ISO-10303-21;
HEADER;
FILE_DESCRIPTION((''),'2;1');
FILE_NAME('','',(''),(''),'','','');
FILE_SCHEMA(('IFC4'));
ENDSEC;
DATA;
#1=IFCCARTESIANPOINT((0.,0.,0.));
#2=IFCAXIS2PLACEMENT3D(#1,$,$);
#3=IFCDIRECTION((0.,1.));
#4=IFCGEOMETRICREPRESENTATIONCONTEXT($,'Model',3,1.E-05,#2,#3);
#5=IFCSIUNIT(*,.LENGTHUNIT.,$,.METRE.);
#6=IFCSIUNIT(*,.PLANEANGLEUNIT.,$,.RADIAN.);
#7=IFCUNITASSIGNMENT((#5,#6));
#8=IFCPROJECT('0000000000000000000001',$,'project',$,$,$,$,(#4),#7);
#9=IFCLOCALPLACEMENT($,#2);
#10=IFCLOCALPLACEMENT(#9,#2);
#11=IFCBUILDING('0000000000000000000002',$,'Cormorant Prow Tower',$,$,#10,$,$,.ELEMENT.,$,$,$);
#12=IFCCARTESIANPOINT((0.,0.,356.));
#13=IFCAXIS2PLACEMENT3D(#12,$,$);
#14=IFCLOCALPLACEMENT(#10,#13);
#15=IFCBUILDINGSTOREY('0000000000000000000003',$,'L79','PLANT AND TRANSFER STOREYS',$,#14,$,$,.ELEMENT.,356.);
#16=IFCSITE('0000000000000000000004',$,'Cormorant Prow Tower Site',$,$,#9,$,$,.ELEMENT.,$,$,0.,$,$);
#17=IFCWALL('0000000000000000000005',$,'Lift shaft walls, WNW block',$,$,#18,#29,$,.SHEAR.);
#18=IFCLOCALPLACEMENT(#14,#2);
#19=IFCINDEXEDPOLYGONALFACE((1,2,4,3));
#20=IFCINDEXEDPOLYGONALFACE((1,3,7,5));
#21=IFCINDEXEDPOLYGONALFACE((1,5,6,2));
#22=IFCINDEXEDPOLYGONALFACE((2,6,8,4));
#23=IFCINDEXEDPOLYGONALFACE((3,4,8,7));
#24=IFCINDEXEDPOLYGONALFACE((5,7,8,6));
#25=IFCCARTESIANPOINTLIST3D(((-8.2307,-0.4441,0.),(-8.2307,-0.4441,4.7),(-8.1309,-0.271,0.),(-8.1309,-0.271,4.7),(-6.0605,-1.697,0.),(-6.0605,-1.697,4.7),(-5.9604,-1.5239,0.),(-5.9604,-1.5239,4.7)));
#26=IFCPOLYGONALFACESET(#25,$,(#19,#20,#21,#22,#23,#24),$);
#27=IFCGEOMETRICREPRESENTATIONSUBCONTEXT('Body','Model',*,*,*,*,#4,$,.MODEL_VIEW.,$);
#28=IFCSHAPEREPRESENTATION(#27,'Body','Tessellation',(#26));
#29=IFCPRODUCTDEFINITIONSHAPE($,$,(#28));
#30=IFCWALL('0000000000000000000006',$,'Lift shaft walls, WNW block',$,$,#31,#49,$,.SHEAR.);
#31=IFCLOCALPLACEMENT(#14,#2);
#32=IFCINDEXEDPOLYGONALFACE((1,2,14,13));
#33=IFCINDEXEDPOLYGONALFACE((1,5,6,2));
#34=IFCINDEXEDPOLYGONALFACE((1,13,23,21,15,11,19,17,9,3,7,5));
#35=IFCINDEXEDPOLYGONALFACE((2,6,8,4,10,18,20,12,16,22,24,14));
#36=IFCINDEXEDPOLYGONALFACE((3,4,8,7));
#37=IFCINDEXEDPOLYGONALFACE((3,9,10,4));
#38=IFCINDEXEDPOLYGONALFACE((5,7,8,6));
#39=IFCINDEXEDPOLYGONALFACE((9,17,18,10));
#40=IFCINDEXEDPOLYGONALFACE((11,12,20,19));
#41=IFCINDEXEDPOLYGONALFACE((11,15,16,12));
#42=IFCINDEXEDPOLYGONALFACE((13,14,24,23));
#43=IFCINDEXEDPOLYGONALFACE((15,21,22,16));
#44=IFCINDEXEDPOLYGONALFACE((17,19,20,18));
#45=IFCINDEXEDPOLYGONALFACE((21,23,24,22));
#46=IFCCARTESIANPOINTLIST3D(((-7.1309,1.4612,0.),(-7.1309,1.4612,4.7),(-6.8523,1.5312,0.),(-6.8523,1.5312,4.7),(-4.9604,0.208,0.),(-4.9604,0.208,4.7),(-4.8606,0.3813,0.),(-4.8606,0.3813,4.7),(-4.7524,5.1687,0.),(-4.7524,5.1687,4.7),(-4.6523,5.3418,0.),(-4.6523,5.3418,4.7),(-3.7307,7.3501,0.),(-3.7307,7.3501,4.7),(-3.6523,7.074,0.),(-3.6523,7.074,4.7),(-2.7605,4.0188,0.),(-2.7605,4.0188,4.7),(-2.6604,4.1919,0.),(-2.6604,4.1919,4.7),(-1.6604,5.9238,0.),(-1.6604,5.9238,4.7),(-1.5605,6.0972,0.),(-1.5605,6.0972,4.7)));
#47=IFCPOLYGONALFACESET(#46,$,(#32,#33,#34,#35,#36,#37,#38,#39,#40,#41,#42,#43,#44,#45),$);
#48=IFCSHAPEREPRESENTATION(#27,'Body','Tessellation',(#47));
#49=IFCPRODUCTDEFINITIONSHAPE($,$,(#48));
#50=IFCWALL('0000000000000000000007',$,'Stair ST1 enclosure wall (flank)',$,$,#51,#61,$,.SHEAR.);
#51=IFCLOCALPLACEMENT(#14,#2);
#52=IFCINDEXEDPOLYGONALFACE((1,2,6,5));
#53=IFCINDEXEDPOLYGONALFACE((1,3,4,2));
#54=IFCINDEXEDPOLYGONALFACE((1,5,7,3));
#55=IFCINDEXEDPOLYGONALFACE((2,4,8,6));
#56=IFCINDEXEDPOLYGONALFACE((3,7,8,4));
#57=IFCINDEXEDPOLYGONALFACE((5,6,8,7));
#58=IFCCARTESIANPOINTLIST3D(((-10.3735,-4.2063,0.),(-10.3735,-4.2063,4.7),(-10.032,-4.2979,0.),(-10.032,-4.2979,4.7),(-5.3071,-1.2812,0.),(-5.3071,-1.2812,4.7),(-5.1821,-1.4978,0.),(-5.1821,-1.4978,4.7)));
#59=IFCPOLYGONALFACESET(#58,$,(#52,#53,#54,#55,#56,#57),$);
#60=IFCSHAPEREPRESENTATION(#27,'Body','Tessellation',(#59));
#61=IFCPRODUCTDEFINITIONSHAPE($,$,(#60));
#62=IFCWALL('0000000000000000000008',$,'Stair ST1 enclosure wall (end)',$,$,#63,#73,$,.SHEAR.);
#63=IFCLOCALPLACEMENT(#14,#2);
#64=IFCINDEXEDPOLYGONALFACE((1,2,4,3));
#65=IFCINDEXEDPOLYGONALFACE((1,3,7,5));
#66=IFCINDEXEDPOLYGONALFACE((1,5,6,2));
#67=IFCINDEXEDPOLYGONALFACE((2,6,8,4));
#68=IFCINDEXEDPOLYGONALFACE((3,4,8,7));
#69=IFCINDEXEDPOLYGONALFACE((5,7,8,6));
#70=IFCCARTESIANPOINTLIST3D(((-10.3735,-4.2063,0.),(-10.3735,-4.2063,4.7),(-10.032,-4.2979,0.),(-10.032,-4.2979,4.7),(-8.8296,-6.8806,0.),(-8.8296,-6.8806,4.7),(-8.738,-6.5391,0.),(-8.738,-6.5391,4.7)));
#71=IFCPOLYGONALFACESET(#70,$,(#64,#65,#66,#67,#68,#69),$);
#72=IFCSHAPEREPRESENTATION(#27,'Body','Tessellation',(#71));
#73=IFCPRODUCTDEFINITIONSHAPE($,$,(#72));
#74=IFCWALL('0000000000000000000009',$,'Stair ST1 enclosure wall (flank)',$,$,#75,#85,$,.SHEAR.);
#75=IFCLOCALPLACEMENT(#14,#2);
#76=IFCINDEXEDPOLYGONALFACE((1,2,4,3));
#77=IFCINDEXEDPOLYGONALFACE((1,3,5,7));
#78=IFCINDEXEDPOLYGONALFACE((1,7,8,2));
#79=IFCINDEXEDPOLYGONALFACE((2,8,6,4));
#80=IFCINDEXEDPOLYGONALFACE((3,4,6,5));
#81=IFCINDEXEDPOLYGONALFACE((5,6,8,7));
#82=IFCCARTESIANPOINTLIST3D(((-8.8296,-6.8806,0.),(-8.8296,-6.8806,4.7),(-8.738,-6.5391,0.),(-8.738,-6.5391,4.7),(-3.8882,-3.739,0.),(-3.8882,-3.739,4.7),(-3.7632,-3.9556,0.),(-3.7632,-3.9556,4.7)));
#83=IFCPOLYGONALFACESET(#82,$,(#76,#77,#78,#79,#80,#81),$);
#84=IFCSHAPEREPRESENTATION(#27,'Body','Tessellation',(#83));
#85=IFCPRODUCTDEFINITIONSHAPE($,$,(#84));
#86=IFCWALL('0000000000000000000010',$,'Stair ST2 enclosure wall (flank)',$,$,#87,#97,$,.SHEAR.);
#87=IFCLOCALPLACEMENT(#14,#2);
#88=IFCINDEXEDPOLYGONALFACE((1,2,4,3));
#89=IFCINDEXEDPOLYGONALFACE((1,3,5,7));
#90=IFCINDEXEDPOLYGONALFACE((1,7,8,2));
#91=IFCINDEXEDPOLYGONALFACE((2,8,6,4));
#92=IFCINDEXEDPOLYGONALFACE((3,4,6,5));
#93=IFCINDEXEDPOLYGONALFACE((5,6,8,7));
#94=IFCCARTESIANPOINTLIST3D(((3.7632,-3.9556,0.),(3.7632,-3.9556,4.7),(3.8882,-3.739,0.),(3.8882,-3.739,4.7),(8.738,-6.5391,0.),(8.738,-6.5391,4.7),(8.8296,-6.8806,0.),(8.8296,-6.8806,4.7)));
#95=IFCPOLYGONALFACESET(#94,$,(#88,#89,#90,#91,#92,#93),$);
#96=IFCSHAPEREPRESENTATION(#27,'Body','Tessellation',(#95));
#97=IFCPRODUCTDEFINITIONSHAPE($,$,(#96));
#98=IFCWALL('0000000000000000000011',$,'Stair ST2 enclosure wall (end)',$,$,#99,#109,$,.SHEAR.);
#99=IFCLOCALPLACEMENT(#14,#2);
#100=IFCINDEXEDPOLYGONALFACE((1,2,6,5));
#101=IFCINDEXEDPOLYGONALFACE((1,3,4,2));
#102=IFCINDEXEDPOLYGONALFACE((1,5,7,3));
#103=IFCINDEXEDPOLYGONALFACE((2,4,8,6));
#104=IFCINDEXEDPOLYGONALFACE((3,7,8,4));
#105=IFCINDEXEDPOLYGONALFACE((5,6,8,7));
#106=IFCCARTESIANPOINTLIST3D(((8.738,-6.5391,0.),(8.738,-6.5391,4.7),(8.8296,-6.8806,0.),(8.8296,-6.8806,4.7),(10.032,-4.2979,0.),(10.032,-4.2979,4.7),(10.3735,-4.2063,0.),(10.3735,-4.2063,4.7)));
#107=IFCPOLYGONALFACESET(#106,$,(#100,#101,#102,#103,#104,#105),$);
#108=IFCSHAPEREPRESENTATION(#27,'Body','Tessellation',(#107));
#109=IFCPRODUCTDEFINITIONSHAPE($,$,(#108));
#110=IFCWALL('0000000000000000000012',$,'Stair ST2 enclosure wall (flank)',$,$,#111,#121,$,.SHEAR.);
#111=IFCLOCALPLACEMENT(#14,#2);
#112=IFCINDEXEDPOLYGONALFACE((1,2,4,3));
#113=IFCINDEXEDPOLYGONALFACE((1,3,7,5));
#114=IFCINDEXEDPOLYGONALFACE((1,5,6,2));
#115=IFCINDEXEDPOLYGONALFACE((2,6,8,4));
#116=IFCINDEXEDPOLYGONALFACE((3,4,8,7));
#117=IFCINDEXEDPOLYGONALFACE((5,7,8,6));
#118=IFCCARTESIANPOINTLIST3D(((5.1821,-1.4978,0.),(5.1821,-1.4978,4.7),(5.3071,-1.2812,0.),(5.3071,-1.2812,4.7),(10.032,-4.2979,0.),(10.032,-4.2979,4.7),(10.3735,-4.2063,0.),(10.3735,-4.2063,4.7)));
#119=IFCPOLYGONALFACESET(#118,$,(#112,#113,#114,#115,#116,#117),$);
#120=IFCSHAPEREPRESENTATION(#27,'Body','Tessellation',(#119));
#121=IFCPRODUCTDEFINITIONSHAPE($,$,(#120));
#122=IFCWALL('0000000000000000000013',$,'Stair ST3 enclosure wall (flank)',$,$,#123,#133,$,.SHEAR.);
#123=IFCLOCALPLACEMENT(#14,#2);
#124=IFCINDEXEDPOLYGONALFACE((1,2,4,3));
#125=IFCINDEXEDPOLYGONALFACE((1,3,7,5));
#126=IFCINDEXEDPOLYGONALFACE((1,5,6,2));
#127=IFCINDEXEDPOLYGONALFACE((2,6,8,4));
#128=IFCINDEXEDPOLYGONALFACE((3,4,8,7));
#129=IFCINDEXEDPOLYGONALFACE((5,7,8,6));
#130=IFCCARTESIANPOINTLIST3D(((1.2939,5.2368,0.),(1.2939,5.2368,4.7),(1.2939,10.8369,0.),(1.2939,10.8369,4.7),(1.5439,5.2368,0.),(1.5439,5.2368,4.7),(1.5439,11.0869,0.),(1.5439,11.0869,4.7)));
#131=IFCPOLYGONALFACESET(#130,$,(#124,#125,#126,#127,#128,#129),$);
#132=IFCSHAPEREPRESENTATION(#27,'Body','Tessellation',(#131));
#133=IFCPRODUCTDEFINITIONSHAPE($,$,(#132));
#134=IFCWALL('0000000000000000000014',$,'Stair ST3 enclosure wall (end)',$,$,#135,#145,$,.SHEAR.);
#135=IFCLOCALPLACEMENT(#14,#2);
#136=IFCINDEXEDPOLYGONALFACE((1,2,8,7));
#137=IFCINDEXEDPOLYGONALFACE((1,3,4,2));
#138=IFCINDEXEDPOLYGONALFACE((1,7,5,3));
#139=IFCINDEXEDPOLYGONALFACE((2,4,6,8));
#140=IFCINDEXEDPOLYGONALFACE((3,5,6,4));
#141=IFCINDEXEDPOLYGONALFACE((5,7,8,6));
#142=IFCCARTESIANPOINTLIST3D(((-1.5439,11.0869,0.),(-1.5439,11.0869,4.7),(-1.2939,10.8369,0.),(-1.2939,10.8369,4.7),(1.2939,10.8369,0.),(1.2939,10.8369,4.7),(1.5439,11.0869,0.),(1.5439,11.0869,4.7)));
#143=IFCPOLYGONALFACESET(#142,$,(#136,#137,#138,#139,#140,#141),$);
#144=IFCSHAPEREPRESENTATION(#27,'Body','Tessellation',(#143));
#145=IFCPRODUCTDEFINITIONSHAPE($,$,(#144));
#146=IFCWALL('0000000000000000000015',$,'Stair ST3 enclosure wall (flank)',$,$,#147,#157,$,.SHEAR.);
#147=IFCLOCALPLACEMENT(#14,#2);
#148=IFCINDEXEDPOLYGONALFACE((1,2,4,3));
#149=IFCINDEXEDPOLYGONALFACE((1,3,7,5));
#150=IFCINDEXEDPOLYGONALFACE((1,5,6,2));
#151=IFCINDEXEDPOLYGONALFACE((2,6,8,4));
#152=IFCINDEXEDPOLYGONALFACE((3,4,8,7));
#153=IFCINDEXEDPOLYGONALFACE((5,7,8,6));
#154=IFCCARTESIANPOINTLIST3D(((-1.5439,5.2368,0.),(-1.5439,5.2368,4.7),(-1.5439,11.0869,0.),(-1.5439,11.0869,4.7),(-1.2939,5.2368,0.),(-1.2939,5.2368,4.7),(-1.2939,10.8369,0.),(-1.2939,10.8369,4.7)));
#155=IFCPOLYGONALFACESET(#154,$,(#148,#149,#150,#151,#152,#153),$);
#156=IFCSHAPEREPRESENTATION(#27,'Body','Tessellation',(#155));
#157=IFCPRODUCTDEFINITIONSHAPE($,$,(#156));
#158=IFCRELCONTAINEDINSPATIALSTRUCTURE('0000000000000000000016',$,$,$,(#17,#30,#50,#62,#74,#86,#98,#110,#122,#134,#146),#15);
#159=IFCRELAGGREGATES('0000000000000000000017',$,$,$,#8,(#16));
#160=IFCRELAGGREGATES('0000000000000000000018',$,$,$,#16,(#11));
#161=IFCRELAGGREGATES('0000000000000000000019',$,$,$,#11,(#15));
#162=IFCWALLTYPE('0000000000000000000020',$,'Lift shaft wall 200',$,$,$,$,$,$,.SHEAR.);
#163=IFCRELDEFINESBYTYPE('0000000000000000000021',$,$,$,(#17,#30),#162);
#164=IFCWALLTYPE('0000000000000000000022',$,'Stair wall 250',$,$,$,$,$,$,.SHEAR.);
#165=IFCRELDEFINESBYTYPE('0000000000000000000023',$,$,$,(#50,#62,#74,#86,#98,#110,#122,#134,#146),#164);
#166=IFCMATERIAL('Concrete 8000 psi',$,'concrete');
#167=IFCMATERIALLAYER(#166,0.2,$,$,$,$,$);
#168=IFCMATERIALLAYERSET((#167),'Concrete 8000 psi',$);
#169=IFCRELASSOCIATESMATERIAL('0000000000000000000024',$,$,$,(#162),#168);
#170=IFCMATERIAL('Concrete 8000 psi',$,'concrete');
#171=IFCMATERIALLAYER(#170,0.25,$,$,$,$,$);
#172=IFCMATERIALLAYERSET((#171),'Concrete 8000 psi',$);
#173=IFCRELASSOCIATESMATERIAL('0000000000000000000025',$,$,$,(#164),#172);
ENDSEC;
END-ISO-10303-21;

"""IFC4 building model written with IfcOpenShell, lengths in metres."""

from ifc_helpers import new_model, si_unit, direction, frame, origin, place, context, subcontext, project, spatial, polyline, outline, extrude, material, layer, layer_set, type_object, element, save


model = new_model("IFC4")

# Units and contexts
model_context = context("Model", 3, precision=1e-05, world=origin(), true_north=direction((0.0, 1.0)))
body_context = subcontext(model_context, "Body", "Model", "MODEL_VIEW")
ifc_project = project(units=[si_unit("LENGTHUNIT", "METRE"), si_unit("PLANEANGLEUNIT", "RADIAN")], contexts=[model_context])

# Site, building, storey
site_placement = place(None, origin())
site = spatial("IfcSite", under=ifc_project, at=site_placement, Name="Cormorant Prow Tower Site", CompositionType="ELEMENT", RefElevation=0.0)
building_placement = place(site_placement, origin())
building = spatial("IfcBuilding", under=site, at=building_placement, Name="Cormorant Prow Tower", CompositionType="ELEMENT")
storey_placement = place(building_placement, frame((0.0, 0.0, 356.0)))
storey = spatial("IfcBuildingStorey", under=building, at=storey_placement, Name="L79", Description="PLANT AND TRANSFER STOREYS", CompositionType="ELEMENT", Elevation=356.0)

# Walls
ifc_material_1 = material(Name="Concrete 8000 psi", Category="concrete")
ifc_layer_1 = layer(ifc_material_1, 0.2)
ifc_layer_set_1 = layer_set([ifc_layer_1], Name="Concrete 8000 psi")
wall_type_1 = type_object("IfcWallType", Name="Lift shaft wall 200", PredefinedType="SHEAR", material=ifc_layer_set_1)
wall_1_placement = place(storey_placement, origin())
element("IfcWall", 1, at=wall_1_placement, inside=storey, type_object=wall_type_1, Name="Lift shaft walls, WNW block", PredefinedType="SHEAR", context=body_context, shape_type="SweptSolid", body=[
    extrude(outline(polyline([(-6.0605, -1.697), (-8.2307, -0.4441), (-8.1309, -0.271), (-5.9604, -1.5239), (-6.0605, -1.697)])), origin(), (0.0, 0.0, 1.0), 4.7),
])
wall_2_placement = place(storey_placement, origin())
element("IfcWall", 2, at=wall_2_placement, inside=storey, type_object=wall_type_1, Name="Lift shaft walls, WNW block", PredefinedType="SHEAR", context=body_context, shape_type="SweptSolid", body=[
    extrude(outline(polyline([(-4.9604, 0.208), (-7.1309, 1.4612), (-3.7307, 7.3501), (-1.5605, 6.0972), (-1.6604, 5.9238), (-3.6523, 7.074), (-4.6523, 5.3418), (-2.6604, 4.1919), (-2.7605, 4.0188), (-4.7524, 5.1687), (-6.8523, 1.5312), (-4.8606, 0.3813), (-4.9604, 0.208)])), origin(), (0.0, 0.0, 1.0), 4.7),
])
ifc_material_2 = material(Name="Concrete 8000 psi", Category="concrete")
ifc_layer_2 = layer(ifc_material_2, 0.25)
ifc_layer_set_2 = layer_set([ifc_layer_2], Name="Concrete 8000 psi")
wall_type_2 = type_object("IfcWallType", Name="Stair wall 250", PredefinedType="SHEAR", material=ifc_layer_set_2)
wall_3_placement = place(storey_placement, origin())
element("IfcWall", 3, at=wall_3_placement, inside=storey, type_object=wall_type_2, Name="Stair ST1 enclosure wall (flank)", PredefinedType="SHEAR", context=body_context, shape_type="SweptSolid", body=[
    extrude(outline(polyline([(-5.3071, -1.2812), (-10.3735, -4.2063), (-10.032, -4.2979), (-5.1821, -1.4978), (-5.3071, -1.2812)])), origin(), (0.0, 0.0, 1.0), 4.7),
])
wall_4_placement = place(storey_placement, origin())
element("IfcWall", 4, at=wall_4_placement, inside=storey, type_object=wall_type_2, Name="Stair ST1 enclosure wall (end)", PredefinedType="SHEAR", context=body_context, shape_type="SweptSolid", body=[
    extrude(outline(polyline([(-10.3735, -4.2063), (-8.8296, -6.8806), (-8.738, -6.5391), (-10.032, -4.2979), (-10.3735, -4.2063)])), origin(), (0.0, 0.0, 1.0), 4.7),
])
wall_5_placement = place(storey_placement, origin())
element("IfcWall", 5, at=wall_5_placement, inside=storey, type_object=wall_type_2, Name="Stair ST1 enclosure wall (flank)", PredefinedType="SHEAR", context=body_context, shape_type="SweptSolid", body=[
    extrude(outline(polyline([(-8.738, -6.5391), (-8.8296, -6.8806), (-3.7632, -3.9556), (-3.8882, -3.739), (-8.738, -6.5391)])), origin(), (0.0, 0.0, 1.0), 4.7),
])
wall_6_placement = place(storey_placement, origin())
element("IfcWall", 6, at=wall_6_placement, inside=storey, type_object=wall_type_2, Name="Stair ST2 enclosure wall (flank)", PredefinedType="SHEAR", context=body_context, shape_type="SweptSolid", body=[
    extrude(outline(polyline([(3.7632, -3.9556), (8.8296, -6.8806), (8.738, -6.5391), (3.8882, -3.739), (3.7632, -3.9556)])), origin(), (0.0, 0.0, 1.0), 4.7),
])
wall_7_placement = place(storey_placement, origin())
element("IfcWall", 7, at=wall_7_placement, inside=storey, type_object=wall_type_2, Name="Stair ST2 enclosure wall (end)", PredefinedType="SHEAR", context=body_context, shape_type="SweptSolid", body=[
    extrude(outline(polyline([(8.8296, -6.8806), (10.3735, -4.2063), (10.032, -4.2979), (8.738, -6.5391), (8.8296, -6.8806)])), origin(), (0.0, 0.0, 1.0), 4.7),
])
wall_8_placement = place(storey_placement, origin())
element("IfcWall", 8, at=wall_8_placement, inside=storey, type_object=wall_type_2, Name="Stair ST2 enclosure wall (flank)", PredefinedType="SHEAR", context=body_context, shape_type="SweptSolid", body=[
    extrude(outline(polyline([(10.032, -4.2979), (10.3735, -4.2063), (5.3071, -1.2812), (5.1821, -1.4978), (10.032, -4.2979)])), origin(), (0.0, 0.0, 1.0), 4.7),
])
wall_9_placement = place(storey_placement, origin())
element("IfcWall", 9, at=wall_9_placement, inside=storey, type_object=wall_type_2, Name="Stair ST3 enclosure wall (flank)", PredefinedType="SHEAR", context=body_context, shape_type="SweptSolid", body=[
    extrude(outline(polyline([(1.5439, 5.2368), (1.5439, 11.0869), (1.2939, 10.8369), (1.2939, 5.2368), (1.5439, 5.2368)])), origin(), (0.0, 0.0, 1.0), 4.7),
])
wall_10_placement = place(storey_placement, origin())
element("IfcWall", 10, at=wall_10_placement, inside=storey, type_object=wall_type_2, Name="Stair ST3 enclosure wall (end)", PredefinedType="SHEAR", context=body_context, shape_type="SweptSolid", body=[
    extrude(outline(polyline([(1.5439, 11.0869), (-1.5439, 11.0869), (-1.2939, 10.8369), (1.2939, 10.8369), (1.5439, 11.0869)])), origin(), (0.0, 0.0, 1.0), 4.7),
])
wall_11_placement = place(storey_placement, origin())
element("IfcWall", 11, at=wall_11_placement, inside=storey, type_object=wall_type_2, Name="Stair ST3 enclosure wall (flank)", PredefinedType="SHEAR", context=body_context, shape_type="SweptSolid", body=[
    extrude(outline(polyline([(-1.2939, 10.8369), (-1.5439, 11.0869), (-1.5439, 5.2368), (-1.2939, 5.2368), (-1.2939, 10.8369)])), origin(), (0.0, 0.0, 1.0), 4.7),
])

save(model, "model.ifc")
